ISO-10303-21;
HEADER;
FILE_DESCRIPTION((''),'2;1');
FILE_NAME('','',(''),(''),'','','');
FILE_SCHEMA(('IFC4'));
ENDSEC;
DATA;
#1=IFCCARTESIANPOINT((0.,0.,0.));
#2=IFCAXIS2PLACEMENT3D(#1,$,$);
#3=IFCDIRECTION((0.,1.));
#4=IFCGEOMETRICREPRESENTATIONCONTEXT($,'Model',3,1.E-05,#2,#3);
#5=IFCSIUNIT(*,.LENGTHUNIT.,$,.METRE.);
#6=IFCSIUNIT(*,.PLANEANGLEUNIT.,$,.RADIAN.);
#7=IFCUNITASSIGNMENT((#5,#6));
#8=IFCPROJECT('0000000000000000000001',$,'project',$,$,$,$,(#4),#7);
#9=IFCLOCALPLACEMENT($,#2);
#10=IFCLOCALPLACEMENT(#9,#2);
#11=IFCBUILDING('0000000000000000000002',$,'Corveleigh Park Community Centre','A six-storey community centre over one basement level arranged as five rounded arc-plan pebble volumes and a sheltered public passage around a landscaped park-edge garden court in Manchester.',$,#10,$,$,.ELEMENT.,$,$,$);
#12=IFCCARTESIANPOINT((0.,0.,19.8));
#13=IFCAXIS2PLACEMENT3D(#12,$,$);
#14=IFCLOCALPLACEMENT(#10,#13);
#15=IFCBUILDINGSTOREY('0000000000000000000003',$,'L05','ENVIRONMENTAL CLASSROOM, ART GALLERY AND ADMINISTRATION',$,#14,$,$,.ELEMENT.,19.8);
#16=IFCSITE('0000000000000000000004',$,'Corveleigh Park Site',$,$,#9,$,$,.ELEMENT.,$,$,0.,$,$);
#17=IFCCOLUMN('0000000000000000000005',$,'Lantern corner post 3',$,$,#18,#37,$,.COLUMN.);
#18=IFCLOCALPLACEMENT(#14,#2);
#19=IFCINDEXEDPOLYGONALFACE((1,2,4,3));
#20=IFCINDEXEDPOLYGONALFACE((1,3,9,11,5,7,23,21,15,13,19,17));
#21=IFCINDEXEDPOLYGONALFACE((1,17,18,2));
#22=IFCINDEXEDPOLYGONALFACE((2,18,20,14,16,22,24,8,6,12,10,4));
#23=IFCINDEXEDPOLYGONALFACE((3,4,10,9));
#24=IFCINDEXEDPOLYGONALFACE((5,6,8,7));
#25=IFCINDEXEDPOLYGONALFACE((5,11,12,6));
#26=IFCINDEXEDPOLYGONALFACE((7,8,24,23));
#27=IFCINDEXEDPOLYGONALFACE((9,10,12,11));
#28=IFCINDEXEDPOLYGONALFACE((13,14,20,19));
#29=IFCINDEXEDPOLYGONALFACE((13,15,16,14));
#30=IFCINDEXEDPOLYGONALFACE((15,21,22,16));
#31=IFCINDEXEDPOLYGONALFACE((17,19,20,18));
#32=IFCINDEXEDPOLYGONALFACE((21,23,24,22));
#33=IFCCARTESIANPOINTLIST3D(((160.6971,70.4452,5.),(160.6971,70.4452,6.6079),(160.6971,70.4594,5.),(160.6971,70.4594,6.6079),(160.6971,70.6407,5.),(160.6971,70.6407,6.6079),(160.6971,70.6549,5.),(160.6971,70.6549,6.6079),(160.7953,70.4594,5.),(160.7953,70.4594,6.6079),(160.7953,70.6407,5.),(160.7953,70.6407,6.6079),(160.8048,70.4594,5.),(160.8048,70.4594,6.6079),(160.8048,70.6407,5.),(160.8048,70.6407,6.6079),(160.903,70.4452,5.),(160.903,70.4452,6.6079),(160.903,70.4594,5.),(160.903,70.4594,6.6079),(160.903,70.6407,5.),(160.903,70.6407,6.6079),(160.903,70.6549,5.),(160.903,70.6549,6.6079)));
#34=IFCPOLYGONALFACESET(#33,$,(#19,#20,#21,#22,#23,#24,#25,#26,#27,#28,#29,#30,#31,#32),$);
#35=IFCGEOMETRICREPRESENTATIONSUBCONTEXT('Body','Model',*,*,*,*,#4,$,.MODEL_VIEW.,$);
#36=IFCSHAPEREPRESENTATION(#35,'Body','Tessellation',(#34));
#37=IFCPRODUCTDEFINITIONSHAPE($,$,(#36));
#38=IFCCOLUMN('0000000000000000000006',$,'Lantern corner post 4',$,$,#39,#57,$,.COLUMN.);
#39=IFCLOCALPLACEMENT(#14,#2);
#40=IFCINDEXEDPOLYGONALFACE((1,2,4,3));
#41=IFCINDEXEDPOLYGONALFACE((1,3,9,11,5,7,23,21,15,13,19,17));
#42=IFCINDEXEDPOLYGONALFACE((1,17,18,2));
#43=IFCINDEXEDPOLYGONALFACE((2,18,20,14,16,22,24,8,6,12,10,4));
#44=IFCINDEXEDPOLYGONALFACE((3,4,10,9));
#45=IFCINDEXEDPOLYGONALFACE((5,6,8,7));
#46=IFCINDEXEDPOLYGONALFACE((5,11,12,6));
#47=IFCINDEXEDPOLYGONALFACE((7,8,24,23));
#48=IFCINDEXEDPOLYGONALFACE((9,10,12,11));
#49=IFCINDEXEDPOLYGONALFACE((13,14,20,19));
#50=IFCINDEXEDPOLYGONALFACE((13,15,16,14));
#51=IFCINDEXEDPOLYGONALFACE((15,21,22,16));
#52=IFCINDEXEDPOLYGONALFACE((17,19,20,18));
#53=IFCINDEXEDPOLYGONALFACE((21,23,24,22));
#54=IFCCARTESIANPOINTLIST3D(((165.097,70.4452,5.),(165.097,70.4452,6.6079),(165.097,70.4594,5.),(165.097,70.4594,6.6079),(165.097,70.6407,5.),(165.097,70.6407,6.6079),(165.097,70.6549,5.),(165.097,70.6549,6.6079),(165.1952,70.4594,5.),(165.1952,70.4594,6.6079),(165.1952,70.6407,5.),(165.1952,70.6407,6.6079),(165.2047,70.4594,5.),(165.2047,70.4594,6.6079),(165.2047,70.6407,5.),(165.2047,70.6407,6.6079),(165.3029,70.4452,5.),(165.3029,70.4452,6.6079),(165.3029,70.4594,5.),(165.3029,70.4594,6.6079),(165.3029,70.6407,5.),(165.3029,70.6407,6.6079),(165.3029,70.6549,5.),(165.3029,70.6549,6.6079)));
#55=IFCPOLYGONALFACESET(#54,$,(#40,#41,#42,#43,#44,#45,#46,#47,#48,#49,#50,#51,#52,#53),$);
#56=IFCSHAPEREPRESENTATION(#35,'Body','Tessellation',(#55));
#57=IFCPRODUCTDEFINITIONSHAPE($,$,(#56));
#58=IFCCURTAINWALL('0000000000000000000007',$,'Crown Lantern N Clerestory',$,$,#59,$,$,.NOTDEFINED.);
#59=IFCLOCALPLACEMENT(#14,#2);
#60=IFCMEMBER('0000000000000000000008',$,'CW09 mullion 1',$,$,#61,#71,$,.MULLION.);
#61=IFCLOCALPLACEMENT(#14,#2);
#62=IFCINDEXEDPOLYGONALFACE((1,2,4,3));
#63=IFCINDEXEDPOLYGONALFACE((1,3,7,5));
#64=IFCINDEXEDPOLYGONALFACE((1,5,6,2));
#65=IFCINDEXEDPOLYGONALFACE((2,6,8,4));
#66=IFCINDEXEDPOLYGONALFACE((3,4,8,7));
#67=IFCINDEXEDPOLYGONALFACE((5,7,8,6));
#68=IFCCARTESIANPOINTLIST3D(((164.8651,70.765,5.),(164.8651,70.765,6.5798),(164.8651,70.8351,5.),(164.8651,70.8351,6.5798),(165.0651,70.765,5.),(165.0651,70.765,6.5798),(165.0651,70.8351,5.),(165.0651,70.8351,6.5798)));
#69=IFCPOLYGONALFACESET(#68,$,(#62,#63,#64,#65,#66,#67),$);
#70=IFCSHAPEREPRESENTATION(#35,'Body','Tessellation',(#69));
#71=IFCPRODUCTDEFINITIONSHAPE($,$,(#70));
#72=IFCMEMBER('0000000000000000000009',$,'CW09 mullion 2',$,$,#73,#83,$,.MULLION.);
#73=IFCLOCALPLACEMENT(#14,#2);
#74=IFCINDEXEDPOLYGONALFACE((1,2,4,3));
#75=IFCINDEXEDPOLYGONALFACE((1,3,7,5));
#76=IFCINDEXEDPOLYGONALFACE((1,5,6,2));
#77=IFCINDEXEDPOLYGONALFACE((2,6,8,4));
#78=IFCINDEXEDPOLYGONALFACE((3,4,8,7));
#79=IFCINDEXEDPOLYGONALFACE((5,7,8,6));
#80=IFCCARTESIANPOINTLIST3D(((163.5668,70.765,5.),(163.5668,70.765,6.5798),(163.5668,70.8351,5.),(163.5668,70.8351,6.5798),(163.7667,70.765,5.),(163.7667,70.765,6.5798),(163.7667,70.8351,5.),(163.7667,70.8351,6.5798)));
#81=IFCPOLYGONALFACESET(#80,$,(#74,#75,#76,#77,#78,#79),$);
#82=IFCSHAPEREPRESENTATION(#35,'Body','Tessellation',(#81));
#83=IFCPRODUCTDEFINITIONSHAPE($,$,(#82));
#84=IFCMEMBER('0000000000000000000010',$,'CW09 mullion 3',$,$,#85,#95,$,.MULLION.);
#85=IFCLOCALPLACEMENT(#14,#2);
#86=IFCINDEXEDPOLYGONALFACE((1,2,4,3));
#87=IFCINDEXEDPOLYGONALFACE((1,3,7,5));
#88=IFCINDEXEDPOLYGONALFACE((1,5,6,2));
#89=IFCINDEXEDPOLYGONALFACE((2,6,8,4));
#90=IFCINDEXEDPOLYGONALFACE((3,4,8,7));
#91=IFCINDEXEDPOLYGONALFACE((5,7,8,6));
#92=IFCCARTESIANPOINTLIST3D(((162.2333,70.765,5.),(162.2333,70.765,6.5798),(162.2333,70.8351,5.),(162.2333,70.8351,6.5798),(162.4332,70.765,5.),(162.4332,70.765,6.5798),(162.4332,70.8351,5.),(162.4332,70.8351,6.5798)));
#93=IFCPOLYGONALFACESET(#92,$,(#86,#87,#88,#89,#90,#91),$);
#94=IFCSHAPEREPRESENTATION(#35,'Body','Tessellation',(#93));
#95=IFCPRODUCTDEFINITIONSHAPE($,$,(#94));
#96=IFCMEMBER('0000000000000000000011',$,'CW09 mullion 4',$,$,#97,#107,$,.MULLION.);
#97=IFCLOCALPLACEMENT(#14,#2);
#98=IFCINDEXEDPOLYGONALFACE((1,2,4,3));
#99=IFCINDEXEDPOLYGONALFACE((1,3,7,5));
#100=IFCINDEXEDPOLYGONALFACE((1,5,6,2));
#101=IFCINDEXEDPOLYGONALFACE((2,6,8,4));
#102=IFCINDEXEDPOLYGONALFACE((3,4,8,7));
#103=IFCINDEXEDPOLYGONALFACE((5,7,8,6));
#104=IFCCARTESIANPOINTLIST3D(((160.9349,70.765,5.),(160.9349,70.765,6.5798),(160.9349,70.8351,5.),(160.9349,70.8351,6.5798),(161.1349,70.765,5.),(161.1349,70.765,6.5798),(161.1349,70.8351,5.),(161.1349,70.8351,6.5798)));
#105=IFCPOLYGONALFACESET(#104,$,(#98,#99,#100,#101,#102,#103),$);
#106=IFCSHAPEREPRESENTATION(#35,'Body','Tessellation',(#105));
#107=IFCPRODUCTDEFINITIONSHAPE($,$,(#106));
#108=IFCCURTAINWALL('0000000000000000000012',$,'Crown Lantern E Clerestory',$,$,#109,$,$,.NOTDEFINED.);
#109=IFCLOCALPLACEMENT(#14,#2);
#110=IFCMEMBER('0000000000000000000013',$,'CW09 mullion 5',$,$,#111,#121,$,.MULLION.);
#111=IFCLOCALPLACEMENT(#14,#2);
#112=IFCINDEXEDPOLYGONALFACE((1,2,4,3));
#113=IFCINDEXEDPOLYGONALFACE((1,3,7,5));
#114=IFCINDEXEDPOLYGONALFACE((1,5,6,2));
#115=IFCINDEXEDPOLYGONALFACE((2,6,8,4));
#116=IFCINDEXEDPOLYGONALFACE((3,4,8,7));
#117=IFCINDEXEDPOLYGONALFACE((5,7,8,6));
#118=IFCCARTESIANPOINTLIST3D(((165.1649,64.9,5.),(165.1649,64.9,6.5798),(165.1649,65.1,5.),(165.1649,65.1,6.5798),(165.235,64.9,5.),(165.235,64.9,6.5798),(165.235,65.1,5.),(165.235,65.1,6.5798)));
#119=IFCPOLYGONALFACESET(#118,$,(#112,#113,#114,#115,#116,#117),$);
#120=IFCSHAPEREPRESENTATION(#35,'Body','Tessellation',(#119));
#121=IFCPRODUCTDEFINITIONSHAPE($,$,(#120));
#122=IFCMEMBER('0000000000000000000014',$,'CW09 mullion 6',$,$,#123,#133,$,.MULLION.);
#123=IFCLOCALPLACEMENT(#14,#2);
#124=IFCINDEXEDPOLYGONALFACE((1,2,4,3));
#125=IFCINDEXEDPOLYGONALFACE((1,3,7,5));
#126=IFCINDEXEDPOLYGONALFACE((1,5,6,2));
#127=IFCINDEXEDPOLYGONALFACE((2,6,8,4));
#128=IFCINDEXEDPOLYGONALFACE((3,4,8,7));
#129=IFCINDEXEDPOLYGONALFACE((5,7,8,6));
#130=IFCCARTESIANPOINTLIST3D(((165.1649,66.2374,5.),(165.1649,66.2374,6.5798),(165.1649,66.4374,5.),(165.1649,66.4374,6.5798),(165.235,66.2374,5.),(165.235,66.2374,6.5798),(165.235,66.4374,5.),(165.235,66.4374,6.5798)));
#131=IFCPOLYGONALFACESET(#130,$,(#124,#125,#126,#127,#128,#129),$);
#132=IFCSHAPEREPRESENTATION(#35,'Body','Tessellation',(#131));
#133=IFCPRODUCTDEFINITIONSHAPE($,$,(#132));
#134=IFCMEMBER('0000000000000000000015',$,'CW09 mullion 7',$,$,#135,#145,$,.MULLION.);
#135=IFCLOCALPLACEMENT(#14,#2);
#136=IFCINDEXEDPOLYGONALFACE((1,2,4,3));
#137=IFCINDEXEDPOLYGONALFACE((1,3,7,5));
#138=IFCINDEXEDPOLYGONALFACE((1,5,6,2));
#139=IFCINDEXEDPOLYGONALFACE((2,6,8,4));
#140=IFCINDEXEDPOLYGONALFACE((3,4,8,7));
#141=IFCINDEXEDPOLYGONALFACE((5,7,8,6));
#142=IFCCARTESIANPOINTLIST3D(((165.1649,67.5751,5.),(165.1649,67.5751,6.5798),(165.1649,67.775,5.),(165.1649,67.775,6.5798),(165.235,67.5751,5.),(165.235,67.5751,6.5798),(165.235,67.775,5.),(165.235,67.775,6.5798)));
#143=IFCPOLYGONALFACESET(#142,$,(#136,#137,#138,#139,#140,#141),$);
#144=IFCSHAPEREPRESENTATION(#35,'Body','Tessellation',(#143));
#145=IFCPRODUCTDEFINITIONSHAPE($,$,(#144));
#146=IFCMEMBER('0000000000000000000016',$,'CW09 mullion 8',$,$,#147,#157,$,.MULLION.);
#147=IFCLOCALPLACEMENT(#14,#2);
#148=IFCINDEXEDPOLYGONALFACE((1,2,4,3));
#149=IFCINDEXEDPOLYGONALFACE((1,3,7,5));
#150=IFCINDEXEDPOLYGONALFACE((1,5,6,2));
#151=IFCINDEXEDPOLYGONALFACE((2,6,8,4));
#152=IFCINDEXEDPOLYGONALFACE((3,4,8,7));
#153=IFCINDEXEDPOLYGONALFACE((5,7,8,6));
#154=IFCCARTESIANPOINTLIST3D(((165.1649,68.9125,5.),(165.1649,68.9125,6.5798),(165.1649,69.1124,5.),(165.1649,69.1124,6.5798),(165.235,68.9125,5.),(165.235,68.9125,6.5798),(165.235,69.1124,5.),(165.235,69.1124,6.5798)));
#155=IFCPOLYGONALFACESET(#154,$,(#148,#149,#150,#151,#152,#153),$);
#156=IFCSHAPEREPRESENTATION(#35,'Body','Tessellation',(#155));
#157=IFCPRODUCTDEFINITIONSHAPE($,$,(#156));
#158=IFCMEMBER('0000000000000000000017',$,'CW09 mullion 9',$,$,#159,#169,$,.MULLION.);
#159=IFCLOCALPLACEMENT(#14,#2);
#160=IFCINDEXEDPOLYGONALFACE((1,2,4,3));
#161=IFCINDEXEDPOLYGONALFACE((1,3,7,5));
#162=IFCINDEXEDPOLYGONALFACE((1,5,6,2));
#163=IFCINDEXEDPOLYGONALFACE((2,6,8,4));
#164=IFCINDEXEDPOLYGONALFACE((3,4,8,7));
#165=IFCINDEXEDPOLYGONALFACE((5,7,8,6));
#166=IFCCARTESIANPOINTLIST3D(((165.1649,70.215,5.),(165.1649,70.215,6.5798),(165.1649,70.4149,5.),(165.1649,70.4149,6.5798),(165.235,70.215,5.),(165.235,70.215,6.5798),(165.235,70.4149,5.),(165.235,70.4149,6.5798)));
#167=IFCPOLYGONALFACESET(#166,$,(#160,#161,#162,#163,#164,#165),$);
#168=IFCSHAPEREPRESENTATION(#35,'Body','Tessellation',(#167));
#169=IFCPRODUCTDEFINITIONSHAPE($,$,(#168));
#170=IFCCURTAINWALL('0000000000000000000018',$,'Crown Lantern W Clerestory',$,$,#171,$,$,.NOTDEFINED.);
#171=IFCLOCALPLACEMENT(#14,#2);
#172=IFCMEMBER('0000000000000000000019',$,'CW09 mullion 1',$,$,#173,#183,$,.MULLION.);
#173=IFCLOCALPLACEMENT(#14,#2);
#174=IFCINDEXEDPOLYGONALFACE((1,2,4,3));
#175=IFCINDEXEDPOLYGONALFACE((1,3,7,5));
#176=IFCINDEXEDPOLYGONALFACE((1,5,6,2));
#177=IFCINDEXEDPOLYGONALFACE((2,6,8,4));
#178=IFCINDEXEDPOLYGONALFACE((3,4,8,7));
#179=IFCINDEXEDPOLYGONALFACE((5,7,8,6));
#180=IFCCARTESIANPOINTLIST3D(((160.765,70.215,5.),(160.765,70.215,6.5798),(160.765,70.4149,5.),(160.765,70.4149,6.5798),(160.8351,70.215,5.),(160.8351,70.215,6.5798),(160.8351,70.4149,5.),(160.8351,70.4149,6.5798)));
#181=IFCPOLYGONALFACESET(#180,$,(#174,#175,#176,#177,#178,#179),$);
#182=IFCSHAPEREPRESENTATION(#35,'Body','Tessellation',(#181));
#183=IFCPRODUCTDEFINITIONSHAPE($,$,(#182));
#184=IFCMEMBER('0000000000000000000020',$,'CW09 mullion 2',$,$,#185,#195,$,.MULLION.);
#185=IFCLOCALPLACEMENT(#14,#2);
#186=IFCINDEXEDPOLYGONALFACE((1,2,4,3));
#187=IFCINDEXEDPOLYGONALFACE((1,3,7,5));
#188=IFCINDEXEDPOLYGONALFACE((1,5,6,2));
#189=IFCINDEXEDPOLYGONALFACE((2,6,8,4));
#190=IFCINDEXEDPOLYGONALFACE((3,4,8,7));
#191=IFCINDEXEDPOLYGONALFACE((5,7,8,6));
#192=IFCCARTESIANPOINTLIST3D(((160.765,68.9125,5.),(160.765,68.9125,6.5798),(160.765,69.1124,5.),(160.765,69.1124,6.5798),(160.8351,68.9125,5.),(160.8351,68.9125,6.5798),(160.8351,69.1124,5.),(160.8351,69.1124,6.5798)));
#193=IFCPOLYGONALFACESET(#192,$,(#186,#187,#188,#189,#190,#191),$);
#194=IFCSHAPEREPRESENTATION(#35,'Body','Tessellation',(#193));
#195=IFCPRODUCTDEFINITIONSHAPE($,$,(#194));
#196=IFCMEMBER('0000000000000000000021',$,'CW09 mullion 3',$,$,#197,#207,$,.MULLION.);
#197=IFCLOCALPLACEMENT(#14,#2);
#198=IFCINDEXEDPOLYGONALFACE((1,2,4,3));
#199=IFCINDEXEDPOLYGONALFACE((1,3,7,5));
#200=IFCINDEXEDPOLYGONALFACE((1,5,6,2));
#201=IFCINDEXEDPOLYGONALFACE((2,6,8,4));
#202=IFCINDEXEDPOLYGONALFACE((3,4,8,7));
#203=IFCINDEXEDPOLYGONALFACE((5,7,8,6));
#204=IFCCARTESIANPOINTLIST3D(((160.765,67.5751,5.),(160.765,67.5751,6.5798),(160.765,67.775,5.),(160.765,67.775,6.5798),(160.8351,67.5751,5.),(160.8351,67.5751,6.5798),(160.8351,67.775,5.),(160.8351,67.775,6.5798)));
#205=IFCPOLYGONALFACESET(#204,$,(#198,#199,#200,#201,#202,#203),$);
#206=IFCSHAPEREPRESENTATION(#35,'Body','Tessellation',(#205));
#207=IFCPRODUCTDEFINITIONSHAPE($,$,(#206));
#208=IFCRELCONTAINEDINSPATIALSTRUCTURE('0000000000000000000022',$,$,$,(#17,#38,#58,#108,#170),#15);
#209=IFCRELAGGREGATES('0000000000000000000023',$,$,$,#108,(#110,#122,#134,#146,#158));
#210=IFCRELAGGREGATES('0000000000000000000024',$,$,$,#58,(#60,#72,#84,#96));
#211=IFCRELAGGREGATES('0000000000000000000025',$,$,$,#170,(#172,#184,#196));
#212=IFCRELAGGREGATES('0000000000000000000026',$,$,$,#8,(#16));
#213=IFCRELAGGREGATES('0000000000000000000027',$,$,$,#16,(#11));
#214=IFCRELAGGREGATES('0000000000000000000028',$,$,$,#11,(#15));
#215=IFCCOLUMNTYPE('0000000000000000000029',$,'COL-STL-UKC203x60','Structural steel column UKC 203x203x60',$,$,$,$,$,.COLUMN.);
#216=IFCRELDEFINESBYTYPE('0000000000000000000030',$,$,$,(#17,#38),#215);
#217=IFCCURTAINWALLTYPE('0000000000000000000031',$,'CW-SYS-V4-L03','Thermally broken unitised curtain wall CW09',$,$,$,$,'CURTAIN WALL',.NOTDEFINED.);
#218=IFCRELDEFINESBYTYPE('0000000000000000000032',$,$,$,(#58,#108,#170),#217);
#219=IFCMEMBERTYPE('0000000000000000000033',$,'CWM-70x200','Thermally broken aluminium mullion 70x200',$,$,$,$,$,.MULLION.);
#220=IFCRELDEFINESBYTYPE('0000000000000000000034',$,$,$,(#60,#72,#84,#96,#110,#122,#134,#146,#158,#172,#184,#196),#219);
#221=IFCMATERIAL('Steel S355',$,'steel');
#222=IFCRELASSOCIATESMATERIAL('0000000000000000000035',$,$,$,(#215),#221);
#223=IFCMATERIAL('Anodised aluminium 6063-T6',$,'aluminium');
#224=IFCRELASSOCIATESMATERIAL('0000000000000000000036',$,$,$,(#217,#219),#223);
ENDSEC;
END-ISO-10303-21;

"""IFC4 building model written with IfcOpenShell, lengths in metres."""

from ifc_helpers import new_model, si_unit, direction, frame, origin, origin_2d, place, context, subcontext, project, spatial, rectangle, i_section, extrude, material, material_profile, profile_set, type_object, element, aggregate, save


model = new_model("IFC4")

# Units and contexts
model_context = context("Model", 3, precision=1e-05, world=origin(), true_north=direction((0.0, 1.0)))
body_context = subcontext(model_context, "Body", "Model", "MODEL_VIEW")
ifc_project = project(units=[si_unit("LENGTHUNIT", "METRE"), si_unit("PLANEANGLEUNIT", "RADIAN")], contexts=[model_context])

# Site, building, storey
site_placement = place(None, origin())
site = spatial("IfcSite", under=ifc_project, at=site_placement, Name="Corveleigh Park Site", CompositionType="ELEMENT", RefElevation=0.0)
building_placement = place(site_placement, origin())
building = spatial("IfcBuilding", under=site, at=building_placement, Name="Corveleigh Park Community Centre", Description="A six-storey community centre over one basement level arranged as five rounded arc-plan pebble volumes and a sheltered public passage around a landscaped park-edge garden court in Manchester.", CompositionType="ELEMENT")
storey_placement = place(building_placement, frame((0.0, 0.0, 19.8)))
storey = spatial("IfcBuildingStorey", under=building, at=storey_placement, Name="L05", Description="ENVIRONMENTAL CLASSROOM, ART GALLERY AND ADMINISTRATION", CompositionType="ELEMENT", Elevation=19.8)

# Columns
ifc_material_1 = material(Name="Steel S355", Category="steel")
ifc_material_profile_1 = material_profile(ifc_material_1, i_section(OverallWidth=0.2058, OverallDepth=0.2097, WebThickness=0.0095, FlangeThickness=0.0142, at=origin_2d()), Name="UKC 203x203x60", Category="steel")
ifc_profile_set_1 = profile_set([ifc_material_profile_1], Name="Steel S355")
column_type = type_object("IfcColumnType", Name="COL-STL-UKC203x60", Description="Structural steel column UKC 203x203x60", PredefinedType="COLUMN", material=ifc_profile_set_1)
for number, where, z_axis, x_axis, name in (
    (1, (160.8, 70.55, 5.0), (0.0, 0.0, 1.0), (1.0, 0.0, 0.0), "Lantern corner post 3"),
    (2, (165.2, 70.55, 5.0), (0.0, 0.0, 1.0), (1.0, 0.0, 0.0), "Lantern corner post 4"),
):
    element("IfcColumn", number, at=place(storey_placement, frame(where, z_axis=z_axis, x_axis=x_axis)), inside=storey, type_object=column_type, Name=name, PredefinedType="COLUMN", context=body_context, shape_type="SweptSolid", body=[
        extrude(i_section(OverallWidth=0.2058, OverallDepth=0.2097, WebThickness=0.0095, FlangeThickness=0.0142, at=origin_2d()), origin(), (0.0, 0.0, 1.0), 1.6079),
    ])

# Curtain walls, members
ifc_material_2 = material(Name="Anodised aluminium 6063-T6", Category="aluminium")
curtain_wall_type = type_object("IfcCurtainWallType", Name="CW-SYS-V4-L03", Description="Thermally broken unitised curtain wall CW09", ElementType="CURTAIN WALL", PredefinedType="NOTDEFINED", material=ifc_material_2)
curtain_wall_1_placement = place(storey_placement, origin())
curtain_wall_1 = element("IfcCurtainWall", 3, at=curtain_wall_1_placement, inside=storey, type_object=curtain_wall_type, Name="Crown Lantern N Clerestory", PredefinedType="NOTDEFINED")
ifc_material_profile_2 = material_profile(ifc_material_2, rectangle(XDim=0.0701, YDim=0.2, at=origin_2d()), Name="ALU-M70x200", Category="aluminium")
ifc_profile_set_2 = profile_set([ifc_material_profile_2], Name="Anodised aluminium 6063-T6")
member_type_1 = type_object("IfcMemberType", Name="CWM-70x200", Description="Thermally broken aluminium mullion 70x200", PredefinedType="MULLION", material=ifc_profile_set_2)
member_1_placement = place(storey_placement, frame((164.9651, 70.8, 5.0), z_axis=(0.0, 0.0, 1.0), x_axis=(0.0, -1.0, 0.0)))
member_1 = element("IfcMember", 4, at=member_1_placement, type_object=member_type_1, Name="CW09 mullion 1", PredefinedType="MULLION", context=body_context, shape_type="SweptSolid", body=[
    extrude(rectangle(XDim=0.0701, YDim=0.2, at=origin_2d()), origin(), (0.0, 0.0, 1.0), 1.5798),
])
member_2_placement = place(storey_placement, frame((163.6667, 70.8, 5.0), z_axis=(0.0, 0.0, 1.0), x_axis=(0.0, -1.0, 0.0)))
member_2 = element("IfcMember", 5, at=member_2_placement, type_object=member_type_1, Name="CW09 mullion 2", PredefinedType="MULLION", context=body_context, shape_type="SweptSolid", body=[
    extrude(rectangle(XDim=0.0701, YDim=0.2, at=origin_2d()), origin(), (0.0, 0.0, 1.0), 1.5798),
])
member_3_placement = place(storey_placement, frame((162.3333, 70.8, 5.0), z_axis=(0.0, 0.0, 1.0), x_axis=(0.0, -1.0, 0.0)))
member_3 = element("IfcMember", 6, at=member_3_placement, type_object=member_type_1, Name="CW09 mullion 3", PredefinedType="MULLION", context=body_context, shape_type="SweptSolid", body=[
    extrude(rectangle(XDim=0.0701, YDim=0.2, at=origin_2d()), origin(), (0.0, 0.0, 1.0), 1.5798),
])
member_4_placement = place(storey_placement, frame((161.0349, 70.8, 5.0), z_axis=(0.0, 0.0, 1.0), x_axis=(0.0, -1.0, 0.0)))
member_4 = element("IfcMember", 7, at=member_4_placement, type_object=member_type_1, Name="CW09 mullion 4", PredefinedType="MULLION", context=body_context, shape_type="SweptSolid", body=[
    extrude(rectangle(XDim=0.0701, YDim=0.2, at=origin_2d()), origin(), (0.0, 0.0, 1.0), 1.5798),
])
curtain_wall_2_placement = place(storey_placement, origin())
curtain_wall_2 = element("IfcCurtainWall", 8, at=curtain_wall_2_placement, inside=storey, type_object=curtain_wall_type, Name="Crown Lantern E Clerestory", PredefinedType="NOTDEFINED")
member_5_placement = place(storey_placement, frame((165.2, 65.0, 5.0), z_axis=(0.0, 0.0, 1.0), x_axis=(-1.0, 0.0, 0.0)))
member_5 = element("IfcMember", 9, at=member_5_placement, type_object=member_type_1, Name="CW09 mullion 5", PredefinedType="MULLION", context=body_context, shape_type="SweptSolid", body=[
    extrude(rectangle(XDim=0.0701, YDim=0.2, at=origin_2d()), origin(), (0.0, 0.0, 1.0), 1.5798),
])
member_6_placement = place(storey_placement, frame((165.2, 66.3374, 5.0), z_axis=(0.0, 0.0, 1.0), x_axis=(-1.0, 0.0, 0.0)))
member_6 = element("IfcMember", 10, at=member_6_placement, type_object=member_type_1, Name="CW09 mullion 6", PredefinedType="MULLION", context=body_context, shape_type="SweptSolid", body=[
    extrude(rectangle(XDim=0.0701, YDim=0.2, at=origin_2d()), origin(), (0.0, 0.0, 1.0), 1.5798),
])
member_7_placement = place(storey_placement, frame((165.2, 67.675, 5.0), z_axis=(0.0, 0.0, 1.0), x_axis=(-1.0, 0.0, 0.0)))
member_7 = element("IfcMember", 11, at=member_7_placement, type_object=member_type_1, Name="CW09 mullion 7", PredefinedType="MULLION", context=body_context, shape_type="SweptSolid", body=[
    extrude(rectangle(XDim=0.0701, YDim=0.2, at=origin_2d()), origin(), (0.0, 0.0, 1.0), 1.5798),
])
member_8_placement = place(storey_placement, frame((165.2, 69.0125, 5.0), z_axis=(0.0, 0.0, 1.0), x_axis=(-1.0, 0.0, 0.0)))
member_8 = element("IfcMember", 12, at=member_8_placement, type_object=member_type_1, Name="CW09 mullion 8", PredefinedType="MULLION", context=body_context, shape_type="SweptSolid", body=[
    extrude(rectangle(XDim=0.0701, YDim=0.2, at=origin_2d()), origin(), (0.0, 0.0, 1.0), 1.5798),
])
member_9_placement = place(storey_placement, frame((165.2, 70.3149, 5.0), z_axis=(0.0, 0.0, 1.0), x_axis=(-1.0, 0.0, 0.0)))
member_9 = element("IfcMember", 13, at=member_9_placement, type_object=member_type_1, Name="CW09 mullion 9", PredefinedType="MULLION", context=body_context, shape_type="SweptSolid", body=[
    extrude(rectangle(XDim=0.0701, YDim=0.2, at=origin_2d()), origin(), (0.0, 0.0, 1.0), 1.5798),
])
aggregate(curtain_wall_2, [member_5, member_6, member_7, member_8, member_9])
curtain_wall_3_placement = place(storey_placement, origin())
curtain_wall_3 = element("IfcCurtainWall", 14, at=curtain_wall_3_placement, inside=storey, type_object=curtain_wall_type, Name="Crown Lantern W Clerestory", PredefinedType="NOTDEFINED")
member_10_placement = place(storey_placement, frame((160.8, 70.3149, 5.0), z_axis=(0.0, 0.0, 1.0), x_axis=(1.0, 0.0, 0.0)))
member_10 = element("IfcMember", 15, at=member_10_placement, type_object=member_type_1, Name="CW09 mullion 1", PredefinedType="MULLION", context=body_context, shape_type="SweptSolid", body=[
    extrude(rectangle(XDim=0.0701, YDim=0.2, at=origin_2d()), origin(), (0.0, 0.0, 1.0), 1.5798),
])
member_11_placement = place(storey_placement, frame((160.8, 69.0125, 5.0), z_axis=(0.0, 0.0, 1.0), x_axis=(1.0, 0.0, 0.0)))
member_11 = element("IfcMember", 16, at=member_11_placement, type_object=member_type_1, Name="CW09 mullion 2", PredefinedType="MULLION", context=body_context, shape_type="SweptSolid", body=[
    extrude(rectangle(XDim=0.0701, YDim=0.2, at=origin_2d()), origin(), (0.0, 0.0, 1.0), 1.5798),
])
member_12_placement = place(storey_placement, frame((160.8, 67.675, 5.0), z_axis=(0.0, 0.0, 1.0), x_axis=(1.0, 0.0, 0.0)))
member_12 = element("IfcMember", 17, at=member_12_placement, type_object=member_type_1, Name="CW09 mullion 3", PredefinedType="MULLION", context=body_context, shape_type="SweptSolid", body=[
    extrude(rectangle(XDim=0.0701, YDim=0.2, at=origin_2d()), origin(), (0.0, 0.0, 1.0), 1.5798),
])

aggregate(curtain_wall_1, [member_1, member_2, member_3, member_4])
aggregate(curtain_wall_3, [member_10, member_11, member_12])

save(model, "model.ifc")
